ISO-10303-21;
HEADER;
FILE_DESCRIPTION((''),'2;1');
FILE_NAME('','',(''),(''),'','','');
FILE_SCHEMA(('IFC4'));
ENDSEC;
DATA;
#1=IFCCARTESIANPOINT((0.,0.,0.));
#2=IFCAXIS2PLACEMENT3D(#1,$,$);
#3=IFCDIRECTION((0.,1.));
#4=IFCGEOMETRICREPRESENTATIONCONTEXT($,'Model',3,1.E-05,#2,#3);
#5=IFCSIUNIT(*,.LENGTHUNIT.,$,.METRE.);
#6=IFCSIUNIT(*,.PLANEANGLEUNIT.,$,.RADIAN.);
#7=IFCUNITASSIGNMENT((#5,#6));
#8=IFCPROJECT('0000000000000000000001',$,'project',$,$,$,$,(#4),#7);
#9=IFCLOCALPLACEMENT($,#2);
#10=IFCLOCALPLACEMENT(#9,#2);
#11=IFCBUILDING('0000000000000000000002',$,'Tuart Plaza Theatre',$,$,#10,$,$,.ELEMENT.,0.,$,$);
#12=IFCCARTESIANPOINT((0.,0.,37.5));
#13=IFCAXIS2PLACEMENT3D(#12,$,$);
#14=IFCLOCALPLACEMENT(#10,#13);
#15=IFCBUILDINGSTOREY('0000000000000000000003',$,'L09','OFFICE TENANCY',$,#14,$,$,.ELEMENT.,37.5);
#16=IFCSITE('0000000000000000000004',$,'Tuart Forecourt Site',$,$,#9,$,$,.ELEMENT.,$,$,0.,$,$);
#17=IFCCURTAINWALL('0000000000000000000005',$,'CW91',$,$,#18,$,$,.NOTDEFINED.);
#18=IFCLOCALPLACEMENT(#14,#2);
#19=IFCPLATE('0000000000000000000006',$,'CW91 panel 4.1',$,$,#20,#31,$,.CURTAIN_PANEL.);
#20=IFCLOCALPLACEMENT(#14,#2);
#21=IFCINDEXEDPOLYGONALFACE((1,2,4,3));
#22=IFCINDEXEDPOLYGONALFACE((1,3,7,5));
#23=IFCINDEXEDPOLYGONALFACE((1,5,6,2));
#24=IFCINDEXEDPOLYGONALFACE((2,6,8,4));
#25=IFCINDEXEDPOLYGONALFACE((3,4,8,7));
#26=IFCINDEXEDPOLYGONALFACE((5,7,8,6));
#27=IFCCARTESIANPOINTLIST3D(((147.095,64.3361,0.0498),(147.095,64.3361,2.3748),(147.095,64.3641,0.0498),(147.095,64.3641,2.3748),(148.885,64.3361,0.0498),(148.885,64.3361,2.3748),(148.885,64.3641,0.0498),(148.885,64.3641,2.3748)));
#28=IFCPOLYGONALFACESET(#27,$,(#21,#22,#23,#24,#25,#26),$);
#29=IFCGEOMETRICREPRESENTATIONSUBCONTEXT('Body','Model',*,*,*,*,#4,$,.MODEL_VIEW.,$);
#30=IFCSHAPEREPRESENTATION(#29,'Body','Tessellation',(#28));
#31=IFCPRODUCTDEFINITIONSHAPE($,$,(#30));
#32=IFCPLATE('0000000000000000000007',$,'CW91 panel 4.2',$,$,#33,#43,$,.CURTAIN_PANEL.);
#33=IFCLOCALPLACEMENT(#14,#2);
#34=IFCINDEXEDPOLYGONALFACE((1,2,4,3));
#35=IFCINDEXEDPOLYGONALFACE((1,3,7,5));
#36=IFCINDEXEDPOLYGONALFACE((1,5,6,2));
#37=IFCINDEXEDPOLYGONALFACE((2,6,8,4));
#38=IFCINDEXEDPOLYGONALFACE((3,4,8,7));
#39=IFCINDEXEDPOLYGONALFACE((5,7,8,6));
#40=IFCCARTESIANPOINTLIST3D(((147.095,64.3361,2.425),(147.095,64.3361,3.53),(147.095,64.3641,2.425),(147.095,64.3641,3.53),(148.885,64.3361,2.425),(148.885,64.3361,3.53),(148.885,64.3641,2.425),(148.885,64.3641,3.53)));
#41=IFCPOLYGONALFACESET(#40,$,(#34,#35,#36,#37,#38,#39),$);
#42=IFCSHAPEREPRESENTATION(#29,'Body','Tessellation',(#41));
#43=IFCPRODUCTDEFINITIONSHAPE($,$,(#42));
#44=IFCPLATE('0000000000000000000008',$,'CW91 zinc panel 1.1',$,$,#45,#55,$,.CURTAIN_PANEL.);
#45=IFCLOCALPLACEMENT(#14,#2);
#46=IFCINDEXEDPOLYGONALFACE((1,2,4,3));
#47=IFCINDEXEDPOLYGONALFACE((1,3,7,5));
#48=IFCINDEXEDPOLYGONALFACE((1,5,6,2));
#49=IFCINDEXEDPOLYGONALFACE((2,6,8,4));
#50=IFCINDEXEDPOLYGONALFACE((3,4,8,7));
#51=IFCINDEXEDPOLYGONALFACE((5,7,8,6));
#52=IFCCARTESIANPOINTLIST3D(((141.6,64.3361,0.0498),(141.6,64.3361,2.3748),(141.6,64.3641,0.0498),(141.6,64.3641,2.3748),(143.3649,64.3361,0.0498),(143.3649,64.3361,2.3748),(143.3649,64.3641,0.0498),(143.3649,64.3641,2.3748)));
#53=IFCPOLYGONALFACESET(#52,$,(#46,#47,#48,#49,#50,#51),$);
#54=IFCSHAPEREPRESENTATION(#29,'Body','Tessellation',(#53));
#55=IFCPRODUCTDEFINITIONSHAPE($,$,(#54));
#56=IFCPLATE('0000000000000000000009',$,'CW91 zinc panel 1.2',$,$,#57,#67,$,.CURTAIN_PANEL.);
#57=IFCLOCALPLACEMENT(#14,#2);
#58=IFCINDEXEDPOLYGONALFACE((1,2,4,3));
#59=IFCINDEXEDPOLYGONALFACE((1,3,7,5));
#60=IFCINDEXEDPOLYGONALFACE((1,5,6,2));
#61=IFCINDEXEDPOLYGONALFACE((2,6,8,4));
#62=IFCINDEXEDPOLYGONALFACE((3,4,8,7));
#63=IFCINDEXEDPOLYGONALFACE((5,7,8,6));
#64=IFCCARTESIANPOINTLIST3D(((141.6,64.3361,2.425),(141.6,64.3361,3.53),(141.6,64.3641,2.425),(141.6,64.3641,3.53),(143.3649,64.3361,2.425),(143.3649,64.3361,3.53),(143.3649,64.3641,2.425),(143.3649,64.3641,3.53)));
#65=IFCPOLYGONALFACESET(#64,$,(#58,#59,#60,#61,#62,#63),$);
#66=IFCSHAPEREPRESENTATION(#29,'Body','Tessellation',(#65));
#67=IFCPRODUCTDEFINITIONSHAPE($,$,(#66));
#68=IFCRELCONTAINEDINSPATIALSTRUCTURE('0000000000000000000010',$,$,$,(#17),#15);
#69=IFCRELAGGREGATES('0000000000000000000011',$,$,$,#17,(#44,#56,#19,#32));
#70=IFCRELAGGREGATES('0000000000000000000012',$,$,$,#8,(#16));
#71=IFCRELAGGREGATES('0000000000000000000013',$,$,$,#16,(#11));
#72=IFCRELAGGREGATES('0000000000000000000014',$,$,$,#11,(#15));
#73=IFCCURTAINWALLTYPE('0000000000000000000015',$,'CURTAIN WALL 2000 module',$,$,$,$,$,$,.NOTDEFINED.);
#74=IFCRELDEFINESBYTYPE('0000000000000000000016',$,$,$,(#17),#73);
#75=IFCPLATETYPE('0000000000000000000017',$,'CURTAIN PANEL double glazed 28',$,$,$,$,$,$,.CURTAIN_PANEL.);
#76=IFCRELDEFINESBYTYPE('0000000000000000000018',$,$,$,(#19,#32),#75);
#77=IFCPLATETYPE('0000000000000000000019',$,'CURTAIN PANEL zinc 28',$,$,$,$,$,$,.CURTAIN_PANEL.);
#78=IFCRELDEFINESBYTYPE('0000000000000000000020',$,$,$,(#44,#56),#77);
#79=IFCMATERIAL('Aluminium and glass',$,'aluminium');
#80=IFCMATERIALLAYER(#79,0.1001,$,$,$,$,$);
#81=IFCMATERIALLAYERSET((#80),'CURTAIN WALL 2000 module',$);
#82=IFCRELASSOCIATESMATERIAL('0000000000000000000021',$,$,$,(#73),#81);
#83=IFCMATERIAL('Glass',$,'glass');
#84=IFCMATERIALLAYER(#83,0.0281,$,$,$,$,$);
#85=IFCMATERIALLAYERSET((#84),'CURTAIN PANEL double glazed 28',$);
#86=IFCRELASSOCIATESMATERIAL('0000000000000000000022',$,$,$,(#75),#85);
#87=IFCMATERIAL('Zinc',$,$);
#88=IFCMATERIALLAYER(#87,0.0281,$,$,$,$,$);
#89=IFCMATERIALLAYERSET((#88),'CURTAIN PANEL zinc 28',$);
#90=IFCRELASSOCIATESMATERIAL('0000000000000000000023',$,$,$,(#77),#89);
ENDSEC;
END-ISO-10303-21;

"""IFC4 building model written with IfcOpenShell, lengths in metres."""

from ifc_helpers import new_model, si_unit, direction, frame, origin, origin_2d, place, context, subcontext, project, spatial, rectangle, extrude, material, layer, layer_set, type_object, element, aggregate, save


model = new_model("IFC4")

# Units and contexts
model_context = context("Model", 3, precision=1e-05, world=origin(), true_north=direction((0.0, 1.0)))
body_context = subcontext(model_context, "Body", "Model", "MODEL_VIEW")
ifc_project = project(units=[si_unit("LENGTHUNIT", "METRE"), si_unit("PLANEANGLEUNIT", "RADIAN")], contexts=[model_context])

# Site, building, storey
site_placement = place(None, origin())
site = spatial("IfcSite", under=ifc_project, at=site_placement, Name="Tuart Forecourt Site", CompositionType="ELEMENT", RefElevation=0.0)
building_placement = place(site_placement, origin())
building = spatial("IfcBuilding", under=site, at=building_placement, Name="Tuart Plaza Theatre", CompositionType="ELEMENT", ElevationOfRefHeight=0.0)
storey_placement = place(building_placement, frame((0.0, 0.0, 37.5)))
storey = spatial("IfcBuildingStorey", under=building, at=storey_placement, Name="L09", Description="OFFICE TENANCY", CompositionType="ELEMENT", Elevation=37.5)

# Curtain wall, plates
ifc_material_1 = material(Name="Aluminium and glass", Category="aluminium")
ifc_layer_1 = layer(ifc_material_1, 0.1001)
ifc_layer_set_1 = layer_set([ifc_layer_1], Name="CURTAIN WALL 2000 module")
curtain_wall_type = type_object("IfcCurtainWallType", Name="CURTAIN WALL 2000 module", PredefinedType="NOTDEFINED", material=ifc_layer_set_1)
curtain_wall_placement = place(storey_placement, origin())
curtain_wall = element("IfcCurtainWall", 1, at=curtain_wall_placement, inside=storey, type_object=curtain_wall_type, Name="CW91", PredefinedType="NOTDEFINED")
ifc_material_2 = material(Name="Glass", Category="glass")
ifc_layer_2 = layer(ifc_material_2, 0.0281)
ifc_layer_set_2 = layer_set([ifc_layer_2], Name="CURTAIN PANEL double glazed 28")
plate_type_1 = type_object("IfcPlateType", Name="CURTAIN PANEL double glazed 28", PredefinedType="CURTAIN_PANEL", material=ifc_layer_set_2)
plate_1_placement = place(storey_placement, frame((147.99, 64.3501, 0.0498), z_axis=(0.0, 0.0, 1.0), x_axis=(1.0, 0.0, 0.0)))
plate_1 = element("IfcPlate", 2, at=plate_1_placement, type_object=plate_type_1, Name="CW91 panel 4.1", PredefinedType="CURTAIN_PANEL", context=body_context, shape_type="SweptSolid", body=[
    extrude(rectangle(XDim=1.79, YDim=0.0281, at=origin_2d()), origin(), (0.0, 0.0, 1.0), 2.325),
])
plate_2_placement = place(storey_placement, frame((147.99, 64.3501, 2.425), z_axis=(0.0, 0.0, 1.0), x_axis=(1.0, 0.0, 0.0)))
plate_2 = element("IfcPlate", 3, at=plate_2_placement, type_object=plate_type_1, Name="CW91 panel 4.2", PredefinedType="CURTAIN_PANEL", context=body_context, shape_type="SweptSolid", body=[
    extrude(rectangle(XDim=1.79, YDim=0.0281, at=origin_2d()), origin(), (0.0, 0.0, 1.0), 1.105),
])
ifc_material_3 = material(Name="Zinc")
ifc_layer_3 = layer(ifc_material_3, 0.0281)
ifc_layer_set_3 = layer_set([ifc_layer_3], Name="CURTAIN PANEL zinc 28")
plate_type_2 = type_object("IfcPlateType", Name="CURTAIN PANEL zinc 28", PredefinedType="CURTAIN_PANEL", material=ifc_layer_set_3)
plate_3_placement = place(storey_placement, frame((142.4824, 64.3501, 0.0498), z_axis=(0.0, 0.0, 1.0), x_axis=(1.0, 0.0, 0.0)))
plate_3 = element("IfcPlate", 4, at=plate_3_placement, type_object=plate_type_2, Name="CW91 zinc panel 1.1", PredefinedType="CURTAIN_PANEL", context=body_context, shape_type="SweptSolid", body=[
    extrude(rectangle(XDim=1.7649, YDim=0.0281, at=origin_2d()), origin(), (0.0, 0.0, 1.0), 2.325),
])
plate_4_placement = place(storey_placement, frame((142.4824, 64.3501, 2.425), z_axis=(0.0, 0.0, 1.0), x_axis=(1.0, 0.0, 0.0)))
plate_4 = element("IfcPlate", 5, at=plate_4_placement, type_object=plate_type_2, Name="CW91 zinc panel 1.2", PredefinedType="CURTAIN_PANEL", context=body_context, shape_type="SweptSolid", body=[
    extrude(rectangle(XDim=1.7649, YDim=0.0281, at=origin_2d()), origin(), (0.0, 0.0, 1.0), 1.105),
])
aggregate(curtain_wall, [plate_3, plate_4, plate_1, plate_2])

save(model, "model.ifc")
